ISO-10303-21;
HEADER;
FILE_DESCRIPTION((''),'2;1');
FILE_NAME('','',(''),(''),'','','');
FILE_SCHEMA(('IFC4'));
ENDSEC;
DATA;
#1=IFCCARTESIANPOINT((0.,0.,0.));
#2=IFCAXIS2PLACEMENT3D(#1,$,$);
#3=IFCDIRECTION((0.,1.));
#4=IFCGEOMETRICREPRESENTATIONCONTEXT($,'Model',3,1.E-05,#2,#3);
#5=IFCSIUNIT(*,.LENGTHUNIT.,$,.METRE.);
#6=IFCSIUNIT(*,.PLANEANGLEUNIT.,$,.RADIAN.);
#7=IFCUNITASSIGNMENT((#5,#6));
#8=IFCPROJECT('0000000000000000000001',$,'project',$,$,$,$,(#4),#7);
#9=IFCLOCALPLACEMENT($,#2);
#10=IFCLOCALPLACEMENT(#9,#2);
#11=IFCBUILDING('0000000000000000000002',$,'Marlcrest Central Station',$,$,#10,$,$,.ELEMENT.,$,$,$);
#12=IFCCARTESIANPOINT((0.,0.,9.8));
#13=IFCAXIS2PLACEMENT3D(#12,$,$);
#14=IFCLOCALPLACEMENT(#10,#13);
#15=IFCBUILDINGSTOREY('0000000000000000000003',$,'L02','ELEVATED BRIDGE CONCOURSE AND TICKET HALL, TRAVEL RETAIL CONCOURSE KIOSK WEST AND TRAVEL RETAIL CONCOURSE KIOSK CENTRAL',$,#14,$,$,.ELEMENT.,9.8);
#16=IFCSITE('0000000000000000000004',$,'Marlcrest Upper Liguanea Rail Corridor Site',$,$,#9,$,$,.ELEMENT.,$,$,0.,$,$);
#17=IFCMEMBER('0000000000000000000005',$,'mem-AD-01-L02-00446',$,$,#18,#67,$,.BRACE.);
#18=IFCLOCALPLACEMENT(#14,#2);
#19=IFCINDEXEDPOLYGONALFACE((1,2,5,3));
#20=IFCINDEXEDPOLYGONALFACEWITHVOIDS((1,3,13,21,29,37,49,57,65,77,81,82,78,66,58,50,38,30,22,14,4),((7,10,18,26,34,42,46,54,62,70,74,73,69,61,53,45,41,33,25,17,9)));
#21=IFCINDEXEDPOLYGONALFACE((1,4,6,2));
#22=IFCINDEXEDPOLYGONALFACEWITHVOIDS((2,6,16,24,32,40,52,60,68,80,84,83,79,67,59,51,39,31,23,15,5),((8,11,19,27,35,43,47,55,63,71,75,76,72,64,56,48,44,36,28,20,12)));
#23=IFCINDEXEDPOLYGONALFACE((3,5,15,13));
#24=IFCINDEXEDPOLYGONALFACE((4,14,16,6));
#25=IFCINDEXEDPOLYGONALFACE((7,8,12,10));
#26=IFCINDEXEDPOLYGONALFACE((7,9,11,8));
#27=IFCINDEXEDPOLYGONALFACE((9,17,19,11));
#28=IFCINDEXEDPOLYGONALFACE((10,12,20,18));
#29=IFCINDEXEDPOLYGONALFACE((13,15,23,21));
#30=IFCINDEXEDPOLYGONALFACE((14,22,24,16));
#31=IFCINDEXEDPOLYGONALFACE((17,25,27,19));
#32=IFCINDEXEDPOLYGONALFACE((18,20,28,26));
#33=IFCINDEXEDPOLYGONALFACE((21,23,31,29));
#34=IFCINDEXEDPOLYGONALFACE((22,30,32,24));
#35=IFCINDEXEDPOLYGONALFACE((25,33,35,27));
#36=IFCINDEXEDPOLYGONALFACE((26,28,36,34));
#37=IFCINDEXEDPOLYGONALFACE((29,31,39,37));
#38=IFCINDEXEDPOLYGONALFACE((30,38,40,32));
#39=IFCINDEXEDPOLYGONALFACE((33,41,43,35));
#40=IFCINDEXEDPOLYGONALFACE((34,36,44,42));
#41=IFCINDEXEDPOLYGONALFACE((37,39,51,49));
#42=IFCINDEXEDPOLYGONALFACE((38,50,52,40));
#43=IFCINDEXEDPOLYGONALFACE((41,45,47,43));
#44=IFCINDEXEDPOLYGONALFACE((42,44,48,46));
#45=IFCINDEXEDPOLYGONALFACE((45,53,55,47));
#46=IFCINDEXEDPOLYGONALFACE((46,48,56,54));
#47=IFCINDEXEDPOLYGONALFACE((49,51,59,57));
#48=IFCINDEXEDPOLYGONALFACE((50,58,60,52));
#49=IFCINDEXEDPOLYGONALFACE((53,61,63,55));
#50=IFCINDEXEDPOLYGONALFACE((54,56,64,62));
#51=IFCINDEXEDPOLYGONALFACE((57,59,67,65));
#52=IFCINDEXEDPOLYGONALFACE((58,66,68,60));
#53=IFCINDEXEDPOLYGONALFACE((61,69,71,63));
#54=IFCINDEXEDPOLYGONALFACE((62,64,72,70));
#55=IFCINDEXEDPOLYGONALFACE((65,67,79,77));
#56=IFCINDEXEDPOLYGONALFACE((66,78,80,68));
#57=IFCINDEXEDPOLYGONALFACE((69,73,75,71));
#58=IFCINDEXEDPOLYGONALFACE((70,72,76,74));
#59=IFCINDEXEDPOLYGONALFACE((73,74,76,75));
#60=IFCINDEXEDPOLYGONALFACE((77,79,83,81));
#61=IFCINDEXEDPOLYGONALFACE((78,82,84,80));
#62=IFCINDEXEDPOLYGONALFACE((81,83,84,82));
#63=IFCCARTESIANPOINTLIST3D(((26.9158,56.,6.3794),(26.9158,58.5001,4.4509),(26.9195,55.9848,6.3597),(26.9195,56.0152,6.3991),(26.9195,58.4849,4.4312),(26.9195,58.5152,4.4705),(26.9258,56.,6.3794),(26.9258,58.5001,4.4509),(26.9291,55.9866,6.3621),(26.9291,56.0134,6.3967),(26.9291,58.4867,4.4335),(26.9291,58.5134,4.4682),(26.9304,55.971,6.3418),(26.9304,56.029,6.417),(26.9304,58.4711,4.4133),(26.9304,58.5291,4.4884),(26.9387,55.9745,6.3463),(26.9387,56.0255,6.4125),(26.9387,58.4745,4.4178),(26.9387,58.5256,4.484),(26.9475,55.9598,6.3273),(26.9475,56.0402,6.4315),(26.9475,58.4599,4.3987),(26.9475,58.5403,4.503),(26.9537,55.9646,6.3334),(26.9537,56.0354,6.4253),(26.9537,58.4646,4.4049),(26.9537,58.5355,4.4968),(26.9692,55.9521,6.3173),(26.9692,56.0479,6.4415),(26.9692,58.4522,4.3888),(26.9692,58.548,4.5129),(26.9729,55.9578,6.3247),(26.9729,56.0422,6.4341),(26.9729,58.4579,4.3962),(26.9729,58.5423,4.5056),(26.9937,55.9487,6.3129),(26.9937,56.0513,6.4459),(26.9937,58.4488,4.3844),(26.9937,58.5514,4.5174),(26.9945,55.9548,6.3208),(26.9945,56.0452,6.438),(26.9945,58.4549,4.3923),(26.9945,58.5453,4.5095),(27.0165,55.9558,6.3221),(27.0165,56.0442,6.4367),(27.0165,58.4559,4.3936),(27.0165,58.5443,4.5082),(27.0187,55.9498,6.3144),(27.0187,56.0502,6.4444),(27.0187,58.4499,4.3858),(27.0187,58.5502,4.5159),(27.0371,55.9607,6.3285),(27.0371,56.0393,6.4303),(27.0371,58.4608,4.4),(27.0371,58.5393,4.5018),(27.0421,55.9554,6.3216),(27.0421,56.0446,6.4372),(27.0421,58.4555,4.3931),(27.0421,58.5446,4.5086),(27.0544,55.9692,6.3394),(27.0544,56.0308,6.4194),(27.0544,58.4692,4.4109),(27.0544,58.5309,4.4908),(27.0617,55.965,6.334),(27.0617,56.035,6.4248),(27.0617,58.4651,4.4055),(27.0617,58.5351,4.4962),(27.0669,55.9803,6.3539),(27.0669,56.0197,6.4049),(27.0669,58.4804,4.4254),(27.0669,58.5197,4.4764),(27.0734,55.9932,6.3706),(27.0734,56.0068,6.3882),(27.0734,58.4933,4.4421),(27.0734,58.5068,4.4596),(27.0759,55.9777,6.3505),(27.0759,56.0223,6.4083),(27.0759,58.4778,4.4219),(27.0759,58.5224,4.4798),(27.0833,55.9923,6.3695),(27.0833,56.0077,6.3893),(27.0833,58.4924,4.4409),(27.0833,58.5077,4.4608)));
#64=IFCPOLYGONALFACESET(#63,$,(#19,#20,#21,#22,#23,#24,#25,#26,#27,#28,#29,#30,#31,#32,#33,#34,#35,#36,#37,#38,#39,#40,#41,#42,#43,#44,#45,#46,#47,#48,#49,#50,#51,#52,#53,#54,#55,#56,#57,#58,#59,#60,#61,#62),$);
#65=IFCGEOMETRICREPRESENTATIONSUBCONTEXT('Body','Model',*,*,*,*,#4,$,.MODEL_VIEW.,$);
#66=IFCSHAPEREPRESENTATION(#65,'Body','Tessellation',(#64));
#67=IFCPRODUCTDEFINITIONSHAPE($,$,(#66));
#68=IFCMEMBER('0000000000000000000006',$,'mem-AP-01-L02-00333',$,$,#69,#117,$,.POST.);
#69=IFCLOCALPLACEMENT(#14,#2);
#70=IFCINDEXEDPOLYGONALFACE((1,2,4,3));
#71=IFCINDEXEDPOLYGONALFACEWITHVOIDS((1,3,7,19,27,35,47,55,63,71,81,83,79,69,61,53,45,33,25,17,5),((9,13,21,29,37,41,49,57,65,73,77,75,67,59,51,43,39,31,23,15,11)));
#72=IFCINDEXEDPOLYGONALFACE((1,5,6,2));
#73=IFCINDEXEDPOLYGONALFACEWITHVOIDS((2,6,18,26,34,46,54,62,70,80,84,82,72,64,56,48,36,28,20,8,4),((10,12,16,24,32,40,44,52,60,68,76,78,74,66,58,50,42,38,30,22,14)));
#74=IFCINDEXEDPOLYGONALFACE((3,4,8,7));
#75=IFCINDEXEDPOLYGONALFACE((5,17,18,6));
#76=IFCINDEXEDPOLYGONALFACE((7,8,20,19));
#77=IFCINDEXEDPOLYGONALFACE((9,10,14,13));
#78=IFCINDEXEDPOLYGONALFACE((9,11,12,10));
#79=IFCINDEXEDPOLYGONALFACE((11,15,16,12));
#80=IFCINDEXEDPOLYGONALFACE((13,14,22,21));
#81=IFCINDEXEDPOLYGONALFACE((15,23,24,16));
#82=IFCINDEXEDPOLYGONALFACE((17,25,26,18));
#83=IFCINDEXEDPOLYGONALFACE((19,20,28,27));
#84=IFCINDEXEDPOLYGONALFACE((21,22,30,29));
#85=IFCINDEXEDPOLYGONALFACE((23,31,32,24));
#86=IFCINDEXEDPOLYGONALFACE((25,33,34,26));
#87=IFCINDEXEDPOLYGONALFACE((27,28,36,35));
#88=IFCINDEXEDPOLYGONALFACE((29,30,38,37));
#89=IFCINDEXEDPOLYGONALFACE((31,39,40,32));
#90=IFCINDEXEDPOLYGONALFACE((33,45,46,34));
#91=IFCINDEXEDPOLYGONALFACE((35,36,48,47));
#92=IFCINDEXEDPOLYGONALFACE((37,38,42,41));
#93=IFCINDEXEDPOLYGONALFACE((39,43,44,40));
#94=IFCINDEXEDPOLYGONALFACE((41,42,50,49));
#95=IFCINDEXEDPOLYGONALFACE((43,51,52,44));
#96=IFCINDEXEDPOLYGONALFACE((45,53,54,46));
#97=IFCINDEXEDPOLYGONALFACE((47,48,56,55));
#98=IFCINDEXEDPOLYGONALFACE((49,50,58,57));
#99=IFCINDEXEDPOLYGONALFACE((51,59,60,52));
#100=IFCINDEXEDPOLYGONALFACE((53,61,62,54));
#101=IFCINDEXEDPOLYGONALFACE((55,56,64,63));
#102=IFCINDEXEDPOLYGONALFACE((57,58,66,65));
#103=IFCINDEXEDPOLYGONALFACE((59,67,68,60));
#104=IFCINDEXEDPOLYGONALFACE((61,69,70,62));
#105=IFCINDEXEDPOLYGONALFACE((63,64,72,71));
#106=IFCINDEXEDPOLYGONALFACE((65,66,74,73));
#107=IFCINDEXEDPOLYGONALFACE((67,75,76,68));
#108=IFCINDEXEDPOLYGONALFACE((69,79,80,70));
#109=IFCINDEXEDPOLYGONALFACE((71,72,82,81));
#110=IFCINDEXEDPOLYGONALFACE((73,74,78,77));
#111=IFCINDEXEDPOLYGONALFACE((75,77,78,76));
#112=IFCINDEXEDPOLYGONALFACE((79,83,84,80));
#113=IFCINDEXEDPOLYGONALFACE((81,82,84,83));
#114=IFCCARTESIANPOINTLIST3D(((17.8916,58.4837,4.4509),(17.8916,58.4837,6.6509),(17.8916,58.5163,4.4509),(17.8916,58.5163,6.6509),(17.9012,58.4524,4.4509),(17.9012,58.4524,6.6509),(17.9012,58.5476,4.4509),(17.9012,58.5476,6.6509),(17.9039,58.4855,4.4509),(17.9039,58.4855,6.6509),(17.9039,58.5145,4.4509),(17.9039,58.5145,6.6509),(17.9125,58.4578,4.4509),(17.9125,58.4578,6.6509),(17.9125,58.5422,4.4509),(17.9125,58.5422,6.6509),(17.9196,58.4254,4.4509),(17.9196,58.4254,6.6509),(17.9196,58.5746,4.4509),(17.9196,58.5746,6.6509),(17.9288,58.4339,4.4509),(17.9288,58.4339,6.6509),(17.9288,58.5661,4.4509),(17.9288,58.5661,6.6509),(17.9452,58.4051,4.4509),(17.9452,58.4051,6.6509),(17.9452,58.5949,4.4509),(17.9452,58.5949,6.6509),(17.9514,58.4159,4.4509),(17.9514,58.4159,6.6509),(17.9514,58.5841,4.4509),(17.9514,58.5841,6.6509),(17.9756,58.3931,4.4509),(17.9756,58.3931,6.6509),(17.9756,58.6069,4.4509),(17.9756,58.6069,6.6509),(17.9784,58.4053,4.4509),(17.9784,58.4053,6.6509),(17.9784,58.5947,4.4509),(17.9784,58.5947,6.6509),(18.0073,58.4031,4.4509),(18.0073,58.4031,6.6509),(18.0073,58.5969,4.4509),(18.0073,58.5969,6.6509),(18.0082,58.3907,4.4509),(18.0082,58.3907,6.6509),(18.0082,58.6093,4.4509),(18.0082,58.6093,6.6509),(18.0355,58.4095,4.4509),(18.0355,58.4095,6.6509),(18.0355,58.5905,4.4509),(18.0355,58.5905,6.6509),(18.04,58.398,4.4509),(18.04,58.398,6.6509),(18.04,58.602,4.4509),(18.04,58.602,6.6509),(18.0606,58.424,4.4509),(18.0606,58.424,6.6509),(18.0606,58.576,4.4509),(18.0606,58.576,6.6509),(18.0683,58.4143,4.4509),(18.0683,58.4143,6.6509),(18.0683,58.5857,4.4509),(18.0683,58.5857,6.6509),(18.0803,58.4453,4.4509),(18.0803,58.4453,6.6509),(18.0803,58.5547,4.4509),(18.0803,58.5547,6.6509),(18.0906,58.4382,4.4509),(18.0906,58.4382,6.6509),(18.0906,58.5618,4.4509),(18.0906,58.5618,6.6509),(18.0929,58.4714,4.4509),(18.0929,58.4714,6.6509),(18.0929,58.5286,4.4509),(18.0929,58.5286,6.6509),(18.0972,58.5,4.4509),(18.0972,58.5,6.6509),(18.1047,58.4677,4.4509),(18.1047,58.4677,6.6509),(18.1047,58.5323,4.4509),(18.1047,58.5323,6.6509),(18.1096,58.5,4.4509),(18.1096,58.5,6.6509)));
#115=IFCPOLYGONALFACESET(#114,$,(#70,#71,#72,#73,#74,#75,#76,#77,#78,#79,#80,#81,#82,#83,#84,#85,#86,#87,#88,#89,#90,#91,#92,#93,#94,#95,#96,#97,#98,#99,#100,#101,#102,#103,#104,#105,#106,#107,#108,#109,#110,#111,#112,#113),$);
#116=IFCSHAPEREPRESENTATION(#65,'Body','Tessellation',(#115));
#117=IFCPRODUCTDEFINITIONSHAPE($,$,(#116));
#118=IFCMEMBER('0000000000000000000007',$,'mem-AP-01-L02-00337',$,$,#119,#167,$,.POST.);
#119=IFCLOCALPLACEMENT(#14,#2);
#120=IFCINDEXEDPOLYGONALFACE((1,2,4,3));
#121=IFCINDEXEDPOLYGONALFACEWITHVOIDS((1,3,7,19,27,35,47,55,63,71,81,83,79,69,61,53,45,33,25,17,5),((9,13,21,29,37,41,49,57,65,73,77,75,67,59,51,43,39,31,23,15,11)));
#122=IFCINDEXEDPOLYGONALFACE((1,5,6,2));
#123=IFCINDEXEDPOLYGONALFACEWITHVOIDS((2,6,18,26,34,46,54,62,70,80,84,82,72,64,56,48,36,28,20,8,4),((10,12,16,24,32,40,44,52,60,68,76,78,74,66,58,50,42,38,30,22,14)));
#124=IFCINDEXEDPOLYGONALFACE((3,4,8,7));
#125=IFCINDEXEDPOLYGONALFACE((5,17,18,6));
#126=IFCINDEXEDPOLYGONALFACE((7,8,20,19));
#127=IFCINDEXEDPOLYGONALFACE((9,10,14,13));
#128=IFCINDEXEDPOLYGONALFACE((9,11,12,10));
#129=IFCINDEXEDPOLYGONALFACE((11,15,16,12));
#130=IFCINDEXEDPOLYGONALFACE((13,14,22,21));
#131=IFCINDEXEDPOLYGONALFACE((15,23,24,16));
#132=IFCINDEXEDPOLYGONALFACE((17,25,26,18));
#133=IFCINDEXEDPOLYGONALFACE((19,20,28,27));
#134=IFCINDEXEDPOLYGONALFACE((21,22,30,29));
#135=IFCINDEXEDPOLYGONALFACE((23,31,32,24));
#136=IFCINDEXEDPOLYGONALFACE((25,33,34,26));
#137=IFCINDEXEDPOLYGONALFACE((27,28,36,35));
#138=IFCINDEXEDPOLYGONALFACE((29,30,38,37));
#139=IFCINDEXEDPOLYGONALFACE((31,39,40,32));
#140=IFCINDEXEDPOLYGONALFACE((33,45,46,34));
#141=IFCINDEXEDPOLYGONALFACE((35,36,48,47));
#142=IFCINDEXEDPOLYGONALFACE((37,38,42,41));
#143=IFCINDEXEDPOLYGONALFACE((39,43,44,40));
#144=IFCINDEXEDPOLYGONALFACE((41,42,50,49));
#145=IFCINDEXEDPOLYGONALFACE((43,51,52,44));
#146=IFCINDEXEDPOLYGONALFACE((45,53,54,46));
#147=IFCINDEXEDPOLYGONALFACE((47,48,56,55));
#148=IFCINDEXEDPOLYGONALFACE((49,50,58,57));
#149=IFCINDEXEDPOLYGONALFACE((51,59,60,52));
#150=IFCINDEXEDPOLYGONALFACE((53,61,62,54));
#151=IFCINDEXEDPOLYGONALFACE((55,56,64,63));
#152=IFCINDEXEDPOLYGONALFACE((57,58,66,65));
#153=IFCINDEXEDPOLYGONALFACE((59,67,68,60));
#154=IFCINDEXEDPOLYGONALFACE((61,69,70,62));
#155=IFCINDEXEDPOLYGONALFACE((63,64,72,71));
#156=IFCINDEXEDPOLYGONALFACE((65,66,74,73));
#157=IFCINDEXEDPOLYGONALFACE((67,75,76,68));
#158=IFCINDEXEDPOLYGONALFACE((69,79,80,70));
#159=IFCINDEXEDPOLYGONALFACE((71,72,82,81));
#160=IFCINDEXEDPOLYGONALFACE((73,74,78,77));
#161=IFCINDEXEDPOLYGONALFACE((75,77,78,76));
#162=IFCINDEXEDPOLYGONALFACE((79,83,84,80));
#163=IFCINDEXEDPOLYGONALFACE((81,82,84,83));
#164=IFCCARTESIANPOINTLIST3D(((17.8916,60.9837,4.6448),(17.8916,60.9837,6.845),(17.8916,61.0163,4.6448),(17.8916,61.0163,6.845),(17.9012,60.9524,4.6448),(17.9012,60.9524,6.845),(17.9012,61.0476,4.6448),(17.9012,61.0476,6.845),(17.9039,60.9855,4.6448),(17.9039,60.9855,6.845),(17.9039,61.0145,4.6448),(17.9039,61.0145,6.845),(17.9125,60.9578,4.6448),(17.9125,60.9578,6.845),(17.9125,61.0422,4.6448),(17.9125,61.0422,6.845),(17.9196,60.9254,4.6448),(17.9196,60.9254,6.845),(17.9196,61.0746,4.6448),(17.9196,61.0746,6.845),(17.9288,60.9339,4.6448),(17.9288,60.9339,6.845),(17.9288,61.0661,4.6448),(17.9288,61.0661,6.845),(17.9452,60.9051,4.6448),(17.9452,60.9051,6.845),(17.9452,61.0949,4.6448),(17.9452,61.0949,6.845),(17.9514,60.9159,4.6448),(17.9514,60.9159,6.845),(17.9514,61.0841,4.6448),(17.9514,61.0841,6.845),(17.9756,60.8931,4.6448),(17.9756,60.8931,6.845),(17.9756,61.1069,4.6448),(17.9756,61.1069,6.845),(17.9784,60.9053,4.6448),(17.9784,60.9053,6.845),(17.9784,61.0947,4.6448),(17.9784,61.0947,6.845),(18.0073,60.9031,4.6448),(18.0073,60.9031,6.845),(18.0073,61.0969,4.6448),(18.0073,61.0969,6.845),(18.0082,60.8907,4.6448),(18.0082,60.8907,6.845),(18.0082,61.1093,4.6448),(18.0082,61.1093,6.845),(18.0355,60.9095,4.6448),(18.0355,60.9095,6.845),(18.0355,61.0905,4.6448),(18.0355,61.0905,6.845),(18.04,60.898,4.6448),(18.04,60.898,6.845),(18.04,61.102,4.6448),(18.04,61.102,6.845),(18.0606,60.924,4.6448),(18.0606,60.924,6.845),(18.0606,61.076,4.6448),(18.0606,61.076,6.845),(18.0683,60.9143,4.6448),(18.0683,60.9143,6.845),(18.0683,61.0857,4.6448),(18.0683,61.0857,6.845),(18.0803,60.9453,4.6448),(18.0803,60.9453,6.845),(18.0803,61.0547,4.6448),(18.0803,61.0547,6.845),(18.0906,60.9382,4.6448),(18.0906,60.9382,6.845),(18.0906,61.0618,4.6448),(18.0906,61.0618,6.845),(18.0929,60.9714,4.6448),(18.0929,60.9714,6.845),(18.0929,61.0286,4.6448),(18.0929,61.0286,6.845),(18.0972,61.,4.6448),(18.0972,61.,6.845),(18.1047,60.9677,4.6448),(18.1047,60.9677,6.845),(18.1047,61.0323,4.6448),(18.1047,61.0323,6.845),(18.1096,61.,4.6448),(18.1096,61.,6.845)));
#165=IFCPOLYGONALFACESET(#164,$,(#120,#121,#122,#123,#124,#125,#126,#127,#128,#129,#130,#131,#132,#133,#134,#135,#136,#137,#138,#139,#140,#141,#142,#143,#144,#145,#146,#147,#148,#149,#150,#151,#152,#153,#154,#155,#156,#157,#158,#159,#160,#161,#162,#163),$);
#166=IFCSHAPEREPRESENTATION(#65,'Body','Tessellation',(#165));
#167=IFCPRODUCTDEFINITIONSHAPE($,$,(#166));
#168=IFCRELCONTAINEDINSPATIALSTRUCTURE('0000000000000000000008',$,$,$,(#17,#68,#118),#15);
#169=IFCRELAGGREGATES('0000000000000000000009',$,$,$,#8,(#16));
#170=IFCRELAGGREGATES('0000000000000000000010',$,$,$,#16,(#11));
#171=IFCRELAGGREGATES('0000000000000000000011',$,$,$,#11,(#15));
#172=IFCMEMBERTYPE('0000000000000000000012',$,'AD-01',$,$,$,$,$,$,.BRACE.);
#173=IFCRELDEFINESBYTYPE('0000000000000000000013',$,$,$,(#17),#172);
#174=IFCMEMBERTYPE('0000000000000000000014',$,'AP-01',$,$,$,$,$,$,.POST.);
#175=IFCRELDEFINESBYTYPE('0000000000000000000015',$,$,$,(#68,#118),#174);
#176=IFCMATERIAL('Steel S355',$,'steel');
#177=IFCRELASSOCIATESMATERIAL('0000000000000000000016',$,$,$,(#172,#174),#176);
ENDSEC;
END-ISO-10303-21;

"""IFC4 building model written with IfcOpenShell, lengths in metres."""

from ifc_helpers import new_model, si_unit, direction, frame, origin, origin_2d, place, context, subcontext, project, spatial, hollow_circle, extrude, material, material_profile, profile_set, type_object, element, save


model = new_model("IFC4")

# Units and contexts
model_context = context("Model", 3, precision=1e-05, world=origin(), true_north=direction((0.0, 1.0)))
body_context = subcontext(model_context, "Body", "Model", "MODEL_VIEW")
ifc_project = project(units=[si_unit("LENGTHUNIT", "METRE"), si_unit("PLANEANGLEUNIT", "RADIAN")], contexts=[model_context])

# Site, building, storey
site_placement = place(None, origin())
site = spatial("IfcSite", under=ifc_project, at=site_placement, Name="Marlcrest Upper Liguanea Rail Corridor Site", CompositionType="ELEMENT", RefElevation=0.0)
building_placement = place(site_placement, origin())
building = spatial("IfcBuilding", under=site, at=building_placement, Name="Marlcrest Central Station", CompositionType="ELEMENT")
storey_placement = place(building_placement, frame((0.0, 0.0, 9.8)))
storey = spatial("IfcBuildingStorey", under=building, at=storey_placement, Name="L02", Description="ELEVATED BRIDGE CONCOURSE AND TICKET HALL, TRAVEL RETAIL CONCOURSE KIOSK WEST AND TRAVEL RETAIL CONCOURSE KIOSK CENTRAL", CompositionType="ELEMENT", Elevation=9.8)

# Members
ifc_material = material(Name="Steel S355", Category="steel")
ifc_material_profile_1 = material_profile(ifc_material, hollow_circle(Radius=0.0842, WallThickness=0.01, at=origin_2d()), Name="CHS 168.3x10")
ifc_profile_set_1 = profile_set([ifc_material_profile_1], Name="Steel S355")
member_type_1 = type_object("IfcMemberType", Name="AD-01", PredefinedType="BRACE", material=ifc_profile_set_1)
member_1_placement = place(storey_placement, frame((27.0, 56.0, 6.3794), z_axis=(0.0, 0.791798, -0.610783), x_axis=(-1.0, 0.0, 0.0)))
element("IfcMember", 1, at=member_1_placement, inside=storey, type_object=member_type_1, Name="mem-AD-01-L02-00446", PredefinedType="BRACE", context=body_context, shape_type="SweptSolid", body=[
    extrude(hollow_circle(Radius=0.0842, WallThickness=0.01, at=origin_2d()), origin(), (0.0, 0.0, 1.0), 3.1575),
])
ifc_material_profile_2 = material_profile(ifc_material, hollow_circle(Radius=0.1096, WallThickness=0.0125, at=origin_2d()), Name="CHS 219.1x12.5")
ifc_profile_set_2 = profile_set([ifc_material_profile_2], Name="Steel S355")
member_type_2 = type_object("IfcMemberType", Name="AP-01", PredefinedType="POST", material=ifc_profile_set_2)
member_2_placement = place(storey_placement, frame((18.0, 58.5, 4.4509), z_axis=(0.0, 0.0, 1.0), x_axis=(1.0, 0.0, 0.0)))
element("IfcMember", 2, at=member_2_placement, inside=storey, type_object=member_type_2, Name="mem-AP-01-L02-00333", PredefinedType="POST", context=body_context, shape_type="SweptSolid", body=[
    extrude(hollow_circle(Radius=0.1096, WallThickness=0.0125, at=origin_2d()), origin(), (0.0, 0.0, 1.0), 2.2),
])
member_3_placement = place(storey_placement, frame((18.0, 61.0, 4.6448), z_axis=(0.0, 0.0, 1.0), x_axis=(1.0, 0.0, 0.0)))
element("IfcMember", 3, at=member_3_placement, inside=storey, type_object=member_type_2, Name="mem-AP-01-L02-00337", PredefinedType="POST", context=body_context, shape_type="SweptSolid", body=[
    extrude(hollow_circle(Radius=0.1096, WallThickness=0.0125, at=origin_2d()), origin(), (0.0, 0.0, 1.0), 2.2002),
])

save(model, "model.ifc")
